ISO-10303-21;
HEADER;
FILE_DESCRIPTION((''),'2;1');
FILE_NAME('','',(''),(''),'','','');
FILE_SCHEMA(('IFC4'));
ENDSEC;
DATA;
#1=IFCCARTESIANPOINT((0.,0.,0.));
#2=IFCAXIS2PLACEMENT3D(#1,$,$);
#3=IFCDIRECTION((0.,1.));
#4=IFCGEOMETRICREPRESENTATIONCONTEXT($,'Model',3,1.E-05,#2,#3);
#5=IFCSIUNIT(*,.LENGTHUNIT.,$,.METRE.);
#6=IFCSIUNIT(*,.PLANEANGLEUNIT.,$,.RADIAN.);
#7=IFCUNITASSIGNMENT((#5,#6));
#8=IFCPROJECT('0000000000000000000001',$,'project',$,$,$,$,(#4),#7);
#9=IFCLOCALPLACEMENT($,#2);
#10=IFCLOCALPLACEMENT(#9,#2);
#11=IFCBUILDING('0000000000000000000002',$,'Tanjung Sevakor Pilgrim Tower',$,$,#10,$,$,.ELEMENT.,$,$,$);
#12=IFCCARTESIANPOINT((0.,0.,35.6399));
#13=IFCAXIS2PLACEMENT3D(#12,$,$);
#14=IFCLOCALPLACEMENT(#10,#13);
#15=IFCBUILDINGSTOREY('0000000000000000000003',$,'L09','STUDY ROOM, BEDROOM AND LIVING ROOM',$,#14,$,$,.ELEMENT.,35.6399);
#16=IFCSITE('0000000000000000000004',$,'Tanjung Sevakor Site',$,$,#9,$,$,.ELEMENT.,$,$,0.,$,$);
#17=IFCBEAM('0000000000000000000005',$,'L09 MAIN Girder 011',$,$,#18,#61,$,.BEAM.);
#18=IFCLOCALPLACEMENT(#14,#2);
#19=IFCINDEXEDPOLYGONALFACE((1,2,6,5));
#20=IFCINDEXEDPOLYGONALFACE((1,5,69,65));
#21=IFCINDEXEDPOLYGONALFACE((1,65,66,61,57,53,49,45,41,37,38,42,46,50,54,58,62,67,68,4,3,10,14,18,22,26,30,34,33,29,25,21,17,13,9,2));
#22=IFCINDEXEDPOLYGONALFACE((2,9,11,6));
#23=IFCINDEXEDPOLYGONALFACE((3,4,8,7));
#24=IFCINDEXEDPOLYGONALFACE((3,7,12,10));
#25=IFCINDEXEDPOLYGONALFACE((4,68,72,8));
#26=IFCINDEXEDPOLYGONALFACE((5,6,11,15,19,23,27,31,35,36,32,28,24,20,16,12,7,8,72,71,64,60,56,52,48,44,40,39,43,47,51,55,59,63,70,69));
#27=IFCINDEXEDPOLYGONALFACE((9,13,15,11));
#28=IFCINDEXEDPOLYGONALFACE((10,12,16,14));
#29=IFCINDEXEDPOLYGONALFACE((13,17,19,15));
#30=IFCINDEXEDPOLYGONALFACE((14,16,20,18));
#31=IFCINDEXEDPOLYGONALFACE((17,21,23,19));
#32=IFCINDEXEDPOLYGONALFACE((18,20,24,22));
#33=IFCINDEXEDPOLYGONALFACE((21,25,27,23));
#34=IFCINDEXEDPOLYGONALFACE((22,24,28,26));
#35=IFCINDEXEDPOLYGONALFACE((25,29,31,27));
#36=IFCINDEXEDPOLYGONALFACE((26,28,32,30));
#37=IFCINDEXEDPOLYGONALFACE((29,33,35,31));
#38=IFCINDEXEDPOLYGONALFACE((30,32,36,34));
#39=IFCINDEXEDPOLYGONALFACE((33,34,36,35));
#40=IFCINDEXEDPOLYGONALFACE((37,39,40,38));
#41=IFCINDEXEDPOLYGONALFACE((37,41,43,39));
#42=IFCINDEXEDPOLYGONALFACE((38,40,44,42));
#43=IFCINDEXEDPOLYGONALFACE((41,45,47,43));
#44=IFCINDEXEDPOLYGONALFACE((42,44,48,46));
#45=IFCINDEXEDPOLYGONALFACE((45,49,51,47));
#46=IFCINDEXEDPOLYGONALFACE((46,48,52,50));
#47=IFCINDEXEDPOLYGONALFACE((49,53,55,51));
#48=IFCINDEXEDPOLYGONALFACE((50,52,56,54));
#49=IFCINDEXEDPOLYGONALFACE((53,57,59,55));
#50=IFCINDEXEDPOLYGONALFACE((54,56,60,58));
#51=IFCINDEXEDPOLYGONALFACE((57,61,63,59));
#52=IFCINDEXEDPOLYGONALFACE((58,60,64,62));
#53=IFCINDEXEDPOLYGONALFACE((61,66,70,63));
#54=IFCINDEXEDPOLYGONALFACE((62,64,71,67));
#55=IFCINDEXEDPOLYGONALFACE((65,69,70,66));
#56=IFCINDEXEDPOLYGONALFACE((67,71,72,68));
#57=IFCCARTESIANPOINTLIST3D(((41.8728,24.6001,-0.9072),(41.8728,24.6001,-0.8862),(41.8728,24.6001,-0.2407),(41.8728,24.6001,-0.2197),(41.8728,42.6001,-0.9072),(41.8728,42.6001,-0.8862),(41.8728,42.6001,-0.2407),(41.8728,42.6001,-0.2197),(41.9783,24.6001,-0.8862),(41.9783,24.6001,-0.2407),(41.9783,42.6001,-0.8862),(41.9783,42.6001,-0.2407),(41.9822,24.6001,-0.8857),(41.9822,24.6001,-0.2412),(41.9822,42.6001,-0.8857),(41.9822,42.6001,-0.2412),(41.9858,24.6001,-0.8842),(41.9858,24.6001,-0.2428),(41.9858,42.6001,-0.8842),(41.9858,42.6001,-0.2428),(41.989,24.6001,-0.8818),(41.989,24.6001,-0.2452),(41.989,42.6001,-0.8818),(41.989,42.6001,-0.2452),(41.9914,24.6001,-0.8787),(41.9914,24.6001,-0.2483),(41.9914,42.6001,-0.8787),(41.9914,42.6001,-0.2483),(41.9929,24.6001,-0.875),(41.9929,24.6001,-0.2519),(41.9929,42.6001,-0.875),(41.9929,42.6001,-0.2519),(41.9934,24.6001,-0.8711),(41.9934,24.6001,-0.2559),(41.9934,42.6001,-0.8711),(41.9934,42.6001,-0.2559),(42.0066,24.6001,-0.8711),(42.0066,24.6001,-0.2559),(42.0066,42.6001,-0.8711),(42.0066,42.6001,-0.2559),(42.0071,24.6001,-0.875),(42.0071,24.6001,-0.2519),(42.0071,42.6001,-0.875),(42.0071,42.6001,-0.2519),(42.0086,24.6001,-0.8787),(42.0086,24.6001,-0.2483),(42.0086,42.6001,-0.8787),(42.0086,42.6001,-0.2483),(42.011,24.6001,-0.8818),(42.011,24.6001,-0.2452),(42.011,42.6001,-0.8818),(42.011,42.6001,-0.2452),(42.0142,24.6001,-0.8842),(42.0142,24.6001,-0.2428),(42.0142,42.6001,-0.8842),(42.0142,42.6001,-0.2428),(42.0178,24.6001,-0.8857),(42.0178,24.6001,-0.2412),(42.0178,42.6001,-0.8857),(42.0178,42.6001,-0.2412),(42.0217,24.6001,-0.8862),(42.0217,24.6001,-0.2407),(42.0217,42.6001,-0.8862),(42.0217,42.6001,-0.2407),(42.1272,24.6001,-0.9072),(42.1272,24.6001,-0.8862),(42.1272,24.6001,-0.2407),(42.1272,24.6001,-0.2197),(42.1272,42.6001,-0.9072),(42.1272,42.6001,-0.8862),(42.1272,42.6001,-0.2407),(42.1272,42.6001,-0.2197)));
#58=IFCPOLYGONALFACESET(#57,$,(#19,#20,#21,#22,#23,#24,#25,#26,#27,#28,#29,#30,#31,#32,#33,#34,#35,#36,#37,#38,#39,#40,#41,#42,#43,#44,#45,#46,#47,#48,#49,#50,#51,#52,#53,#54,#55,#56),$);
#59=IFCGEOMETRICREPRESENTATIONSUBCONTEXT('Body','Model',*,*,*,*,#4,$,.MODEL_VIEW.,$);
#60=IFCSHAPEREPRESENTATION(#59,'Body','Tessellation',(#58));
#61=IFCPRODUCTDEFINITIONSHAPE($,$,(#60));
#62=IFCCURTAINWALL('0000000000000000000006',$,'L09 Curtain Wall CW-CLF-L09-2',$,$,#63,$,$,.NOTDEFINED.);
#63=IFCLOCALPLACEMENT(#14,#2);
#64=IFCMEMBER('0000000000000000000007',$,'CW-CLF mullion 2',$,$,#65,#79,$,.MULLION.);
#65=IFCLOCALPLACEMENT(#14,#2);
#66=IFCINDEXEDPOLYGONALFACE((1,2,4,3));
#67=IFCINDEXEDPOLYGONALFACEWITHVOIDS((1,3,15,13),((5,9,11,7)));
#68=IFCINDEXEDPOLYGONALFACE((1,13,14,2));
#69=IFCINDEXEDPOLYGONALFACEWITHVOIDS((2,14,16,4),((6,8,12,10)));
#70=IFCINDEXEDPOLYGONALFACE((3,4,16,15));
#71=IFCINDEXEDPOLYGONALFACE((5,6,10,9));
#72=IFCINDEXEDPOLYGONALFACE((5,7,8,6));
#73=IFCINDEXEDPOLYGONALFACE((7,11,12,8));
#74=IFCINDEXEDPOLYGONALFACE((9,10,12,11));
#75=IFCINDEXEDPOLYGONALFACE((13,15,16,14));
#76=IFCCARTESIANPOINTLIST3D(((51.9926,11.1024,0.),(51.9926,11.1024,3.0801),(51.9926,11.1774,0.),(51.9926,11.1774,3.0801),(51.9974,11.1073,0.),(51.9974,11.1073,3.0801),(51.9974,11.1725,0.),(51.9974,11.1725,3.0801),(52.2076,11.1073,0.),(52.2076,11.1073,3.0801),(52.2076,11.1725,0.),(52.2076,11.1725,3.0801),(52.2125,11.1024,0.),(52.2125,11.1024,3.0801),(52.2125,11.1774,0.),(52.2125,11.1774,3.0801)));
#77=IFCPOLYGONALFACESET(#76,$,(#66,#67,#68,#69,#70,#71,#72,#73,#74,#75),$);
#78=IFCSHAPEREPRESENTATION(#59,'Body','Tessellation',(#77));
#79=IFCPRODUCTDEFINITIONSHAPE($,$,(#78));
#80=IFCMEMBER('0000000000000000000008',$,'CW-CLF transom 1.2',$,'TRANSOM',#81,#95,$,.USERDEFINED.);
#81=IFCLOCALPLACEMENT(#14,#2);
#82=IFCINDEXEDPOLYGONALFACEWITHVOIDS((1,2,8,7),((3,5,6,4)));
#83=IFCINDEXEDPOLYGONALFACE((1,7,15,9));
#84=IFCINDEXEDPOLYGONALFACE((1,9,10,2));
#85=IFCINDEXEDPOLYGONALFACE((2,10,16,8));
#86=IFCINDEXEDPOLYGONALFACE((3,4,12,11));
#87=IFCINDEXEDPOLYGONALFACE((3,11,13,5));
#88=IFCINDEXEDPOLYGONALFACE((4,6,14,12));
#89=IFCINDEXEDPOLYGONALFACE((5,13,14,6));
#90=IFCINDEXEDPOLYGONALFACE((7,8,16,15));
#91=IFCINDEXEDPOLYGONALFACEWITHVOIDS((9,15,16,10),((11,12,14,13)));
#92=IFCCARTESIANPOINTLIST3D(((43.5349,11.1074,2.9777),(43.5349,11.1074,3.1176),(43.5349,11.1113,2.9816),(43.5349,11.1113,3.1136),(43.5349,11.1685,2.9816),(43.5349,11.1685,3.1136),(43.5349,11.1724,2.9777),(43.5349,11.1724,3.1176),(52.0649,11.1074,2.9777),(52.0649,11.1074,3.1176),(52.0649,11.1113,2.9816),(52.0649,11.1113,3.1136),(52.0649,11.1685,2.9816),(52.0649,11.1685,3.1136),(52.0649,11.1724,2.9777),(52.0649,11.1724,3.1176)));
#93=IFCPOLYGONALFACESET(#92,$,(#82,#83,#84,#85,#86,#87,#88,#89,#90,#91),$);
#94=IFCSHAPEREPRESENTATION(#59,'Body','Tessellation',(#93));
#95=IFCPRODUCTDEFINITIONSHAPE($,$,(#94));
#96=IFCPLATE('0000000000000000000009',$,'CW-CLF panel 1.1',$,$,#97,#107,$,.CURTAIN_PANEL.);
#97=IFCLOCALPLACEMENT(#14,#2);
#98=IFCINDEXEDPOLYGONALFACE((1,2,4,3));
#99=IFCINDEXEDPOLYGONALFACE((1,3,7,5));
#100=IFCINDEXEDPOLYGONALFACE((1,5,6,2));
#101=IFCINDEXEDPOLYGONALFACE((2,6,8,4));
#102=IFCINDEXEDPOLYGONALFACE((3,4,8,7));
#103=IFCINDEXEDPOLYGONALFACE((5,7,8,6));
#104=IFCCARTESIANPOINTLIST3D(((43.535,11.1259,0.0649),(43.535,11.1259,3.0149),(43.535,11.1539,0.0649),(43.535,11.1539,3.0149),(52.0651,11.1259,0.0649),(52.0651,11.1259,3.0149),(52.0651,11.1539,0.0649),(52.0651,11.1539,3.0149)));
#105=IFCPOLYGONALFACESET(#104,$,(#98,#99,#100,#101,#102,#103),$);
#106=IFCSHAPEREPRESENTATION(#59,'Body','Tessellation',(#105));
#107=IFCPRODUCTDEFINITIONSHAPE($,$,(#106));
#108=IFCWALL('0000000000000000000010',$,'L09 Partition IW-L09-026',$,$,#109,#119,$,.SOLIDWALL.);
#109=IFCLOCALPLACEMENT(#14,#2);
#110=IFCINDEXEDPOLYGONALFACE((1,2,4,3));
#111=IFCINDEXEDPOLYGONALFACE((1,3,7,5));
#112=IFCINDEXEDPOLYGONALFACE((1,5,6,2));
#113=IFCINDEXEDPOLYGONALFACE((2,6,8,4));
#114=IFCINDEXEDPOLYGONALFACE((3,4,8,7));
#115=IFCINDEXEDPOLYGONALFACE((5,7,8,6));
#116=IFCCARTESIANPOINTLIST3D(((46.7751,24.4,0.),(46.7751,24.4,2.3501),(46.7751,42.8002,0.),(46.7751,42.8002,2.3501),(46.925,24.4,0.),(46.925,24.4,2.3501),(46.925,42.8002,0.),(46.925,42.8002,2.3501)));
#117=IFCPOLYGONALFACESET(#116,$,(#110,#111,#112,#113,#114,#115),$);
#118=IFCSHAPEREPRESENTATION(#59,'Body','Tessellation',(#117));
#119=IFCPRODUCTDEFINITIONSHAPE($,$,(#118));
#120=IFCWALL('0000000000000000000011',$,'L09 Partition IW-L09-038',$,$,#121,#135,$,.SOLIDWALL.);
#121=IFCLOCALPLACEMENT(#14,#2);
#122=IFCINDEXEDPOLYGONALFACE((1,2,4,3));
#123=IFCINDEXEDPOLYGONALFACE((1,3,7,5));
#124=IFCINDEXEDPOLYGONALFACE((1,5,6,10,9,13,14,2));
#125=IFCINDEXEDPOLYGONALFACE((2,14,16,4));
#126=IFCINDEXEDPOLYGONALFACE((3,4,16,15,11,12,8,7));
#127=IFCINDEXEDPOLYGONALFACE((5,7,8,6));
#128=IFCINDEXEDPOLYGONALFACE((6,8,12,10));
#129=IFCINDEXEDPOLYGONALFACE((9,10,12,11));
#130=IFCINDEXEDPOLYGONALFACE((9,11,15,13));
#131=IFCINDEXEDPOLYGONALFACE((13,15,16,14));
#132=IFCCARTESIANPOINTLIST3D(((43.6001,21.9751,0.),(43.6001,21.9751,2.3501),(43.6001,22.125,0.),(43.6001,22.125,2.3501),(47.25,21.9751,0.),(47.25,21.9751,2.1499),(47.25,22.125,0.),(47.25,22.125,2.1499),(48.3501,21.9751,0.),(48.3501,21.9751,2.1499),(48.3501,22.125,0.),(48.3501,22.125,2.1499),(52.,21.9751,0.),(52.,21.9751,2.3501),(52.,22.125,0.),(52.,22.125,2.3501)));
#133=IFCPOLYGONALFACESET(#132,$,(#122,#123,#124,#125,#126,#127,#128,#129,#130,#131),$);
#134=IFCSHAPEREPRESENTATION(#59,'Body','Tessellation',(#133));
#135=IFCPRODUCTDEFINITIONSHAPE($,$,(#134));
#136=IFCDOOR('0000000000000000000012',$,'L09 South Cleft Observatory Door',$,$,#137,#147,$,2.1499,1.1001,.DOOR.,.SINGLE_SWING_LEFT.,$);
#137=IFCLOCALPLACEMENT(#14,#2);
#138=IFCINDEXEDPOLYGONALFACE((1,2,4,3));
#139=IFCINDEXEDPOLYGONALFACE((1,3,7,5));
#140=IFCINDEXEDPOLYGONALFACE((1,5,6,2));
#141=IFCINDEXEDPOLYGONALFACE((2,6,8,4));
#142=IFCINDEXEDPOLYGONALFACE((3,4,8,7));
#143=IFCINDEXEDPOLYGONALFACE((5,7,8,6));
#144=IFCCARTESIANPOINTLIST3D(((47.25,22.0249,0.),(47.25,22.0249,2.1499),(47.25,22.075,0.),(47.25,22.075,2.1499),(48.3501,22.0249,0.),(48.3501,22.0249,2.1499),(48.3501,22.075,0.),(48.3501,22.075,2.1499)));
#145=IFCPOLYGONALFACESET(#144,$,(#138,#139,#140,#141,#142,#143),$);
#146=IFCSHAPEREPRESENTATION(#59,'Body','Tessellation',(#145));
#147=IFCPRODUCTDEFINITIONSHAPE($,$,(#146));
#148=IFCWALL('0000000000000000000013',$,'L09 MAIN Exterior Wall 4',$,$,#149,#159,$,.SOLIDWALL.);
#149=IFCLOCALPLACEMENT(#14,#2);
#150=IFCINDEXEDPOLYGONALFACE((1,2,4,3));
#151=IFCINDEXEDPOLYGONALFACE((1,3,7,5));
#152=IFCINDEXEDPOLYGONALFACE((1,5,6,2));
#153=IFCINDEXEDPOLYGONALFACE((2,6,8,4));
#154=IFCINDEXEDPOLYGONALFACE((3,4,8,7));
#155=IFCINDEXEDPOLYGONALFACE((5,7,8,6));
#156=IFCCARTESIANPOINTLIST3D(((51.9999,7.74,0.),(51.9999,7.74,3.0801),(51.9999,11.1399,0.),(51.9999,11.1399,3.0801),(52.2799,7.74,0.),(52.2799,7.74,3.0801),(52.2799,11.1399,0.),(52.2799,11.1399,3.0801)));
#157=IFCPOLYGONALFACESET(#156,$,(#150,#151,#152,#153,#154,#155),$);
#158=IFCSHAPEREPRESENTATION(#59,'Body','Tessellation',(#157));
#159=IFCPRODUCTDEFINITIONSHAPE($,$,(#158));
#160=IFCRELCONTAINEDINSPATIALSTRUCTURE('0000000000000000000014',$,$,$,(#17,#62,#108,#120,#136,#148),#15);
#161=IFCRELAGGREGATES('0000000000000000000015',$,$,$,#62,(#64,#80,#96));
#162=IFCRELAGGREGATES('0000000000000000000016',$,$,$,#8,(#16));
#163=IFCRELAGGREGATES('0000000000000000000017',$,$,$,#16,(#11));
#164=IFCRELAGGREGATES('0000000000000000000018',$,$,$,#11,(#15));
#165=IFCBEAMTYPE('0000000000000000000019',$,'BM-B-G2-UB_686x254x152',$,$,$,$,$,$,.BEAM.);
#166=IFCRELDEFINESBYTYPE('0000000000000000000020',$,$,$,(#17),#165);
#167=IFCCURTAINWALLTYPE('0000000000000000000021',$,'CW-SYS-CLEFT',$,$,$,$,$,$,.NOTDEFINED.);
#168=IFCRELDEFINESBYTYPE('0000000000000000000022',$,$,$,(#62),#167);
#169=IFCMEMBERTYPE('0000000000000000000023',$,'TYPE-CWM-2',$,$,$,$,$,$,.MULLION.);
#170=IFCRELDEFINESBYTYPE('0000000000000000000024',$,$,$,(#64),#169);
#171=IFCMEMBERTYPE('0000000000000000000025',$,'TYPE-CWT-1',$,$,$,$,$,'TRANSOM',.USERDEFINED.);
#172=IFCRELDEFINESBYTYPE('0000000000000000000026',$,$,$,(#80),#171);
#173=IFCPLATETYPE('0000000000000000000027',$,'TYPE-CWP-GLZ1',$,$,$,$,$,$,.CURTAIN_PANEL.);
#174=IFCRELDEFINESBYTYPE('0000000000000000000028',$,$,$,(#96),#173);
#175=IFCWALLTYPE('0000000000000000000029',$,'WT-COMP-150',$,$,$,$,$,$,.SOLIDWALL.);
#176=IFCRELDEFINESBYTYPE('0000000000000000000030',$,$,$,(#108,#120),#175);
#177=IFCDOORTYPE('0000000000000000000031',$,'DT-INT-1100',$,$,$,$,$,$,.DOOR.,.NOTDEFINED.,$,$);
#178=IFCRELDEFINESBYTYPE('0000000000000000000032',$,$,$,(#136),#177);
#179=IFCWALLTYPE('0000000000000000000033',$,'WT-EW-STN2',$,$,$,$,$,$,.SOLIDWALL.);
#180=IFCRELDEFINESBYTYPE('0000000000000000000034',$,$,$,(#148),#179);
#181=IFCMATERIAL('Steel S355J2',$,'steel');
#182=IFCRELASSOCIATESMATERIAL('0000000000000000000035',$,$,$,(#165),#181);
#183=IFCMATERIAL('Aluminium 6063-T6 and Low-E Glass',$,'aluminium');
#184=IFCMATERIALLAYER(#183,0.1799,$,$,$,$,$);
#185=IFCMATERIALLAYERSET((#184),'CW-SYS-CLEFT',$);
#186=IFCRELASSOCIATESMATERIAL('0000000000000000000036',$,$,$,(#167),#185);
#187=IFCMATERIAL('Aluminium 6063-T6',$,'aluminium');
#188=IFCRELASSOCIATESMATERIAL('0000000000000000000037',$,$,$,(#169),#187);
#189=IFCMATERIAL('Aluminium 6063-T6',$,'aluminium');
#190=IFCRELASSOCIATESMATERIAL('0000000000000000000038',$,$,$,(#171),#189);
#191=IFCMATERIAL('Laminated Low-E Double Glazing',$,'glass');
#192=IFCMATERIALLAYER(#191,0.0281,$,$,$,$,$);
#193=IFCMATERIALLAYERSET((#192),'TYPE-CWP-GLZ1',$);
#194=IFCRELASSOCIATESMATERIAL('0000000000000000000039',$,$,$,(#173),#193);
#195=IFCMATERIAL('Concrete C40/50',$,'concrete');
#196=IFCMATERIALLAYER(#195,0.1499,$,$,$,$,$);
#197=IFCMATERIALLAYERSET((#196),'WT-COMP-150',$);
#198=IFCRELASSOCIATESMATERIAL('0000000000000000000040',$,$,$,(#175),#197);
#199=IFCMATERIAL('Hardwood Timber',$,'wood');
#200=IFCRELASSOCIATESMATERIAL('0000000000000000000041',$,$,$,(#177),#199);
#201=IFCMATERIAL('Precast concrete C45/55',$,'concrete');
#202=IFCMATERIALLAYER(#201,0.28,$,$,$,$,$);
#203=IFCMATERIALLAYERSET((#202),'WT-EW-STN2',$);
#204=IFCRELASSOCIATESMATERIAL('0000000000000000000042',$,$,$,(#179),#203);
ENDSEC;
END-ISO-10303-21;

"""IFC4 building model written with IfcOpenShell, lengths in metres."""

from ifc_helpers import new_model, si_unit, direction, frame, frame_2d, origin, origin_2d, place, context, subcontext, project, spatial, rectangle, hollow_rectangle, i_section, extrude, material, layer, layer_set, material_profile, profile_set, type_object, element, fill, aggregate, save


model = new_model("IFC4")

# Units and contexts
model_context = context("Model", 3, precision=1e-05, world=origin(), true_north=direction((0.0, 1.0)))
body_context = subcontext(model_context, "Body", "Model", "MODEL_VIEW")
ifc_project = project(units=[si_unit("LENGTHUNIT", "METRE"), si_unit("PLANEANGLEUNIT", "RADIAN")], contexts=[model_context])

# Site, building, storey
site_placement = place(None, origin())
site = spatial("IfcSite", under=ifc_project, at=site_placement, Name="Tanjung Sevakor Site", CompositionType="ELEMENT", RefElevation=0.0)
building_placement = place(site_placement, origin())
building = spatial("IfcBuilding", under=site, at=building_placement, Name="Tanjung Sevakor Pilgrim Tower", CompositionType="ELEMENT")
storey_placement = place(building_placement, frame((0.0, 0.0, 35.6399)))
storey = spatial("IfcBuildingStorey", under=building, at=storey_placement, Name="L09", Description="STUDY ROOM, BEDROOM AND LIVING ROOM", CompositionType="ELEMENT", Elevation=35.6399)

# Beam
ifc_material_1 = material(Name="Steel S355J2", Category="steel")
ifc_material_profile_1 = material_profile(ifc_material_1, i_section(OverallWidth=0.2544, OverallDepth=0.6875, WebThickness=0.0132, FlangeThickness=0.021, FilletRadius=0.0151, at=origin_2d()))
ifc_profile_set_1 = profile_set([ifc_material_profile_1], Name="Steel S355J2")
beam_type_1 = type_object("IfcBeamType", Name="BM-B-G2-UB_686x254x152", PredefinedType="BEAM", material=ifc_profile_set_1)
beam_placement = place(storey_placement, frame((42.0, 24.6001, -0.5635), z_axis=(0.0, 1.0, 0.0), x_axis=(-1.0, 0.0, 0.0)))
element("IfcBeam", 1, at=beam_placement, inside=storey, type_object=beam_type_1, Name="L09 MAIN Girder 011", PredefinedType="BEAM", context=body_context, shape_type="SweptSolid", body=[
    extrude(i_section(OverallWidth=0.2544, OverallDepth=0.6875, WebThickness=0.0132, FlangeThickness=0.021, FilletRadius=0.0151, at=origin_2d()), origin(), (0.0, 0.0, 1.0), 18.0),
])

# Curtain wall, members, plate
ifc_material_2 = material(Name="Aluminium 6063-T6 and Low-E Glass", Category="aluminium")
ifc_layer_1 = layer(ifc_material_2, 0.1799)
ifc_layer_set_1 = layer_set([ifc_layer_1], Name="CW-SYS-CLEFT")
curtain_wall_type = type_object("IfcCurtainWallType", Name="CW-SYS-CLEFT", PredefinedType="NOTDEFINED", material=ifc_layer_set_1)
curtain_wall_placement = place(storey_placement, origin())
curtain_wall = element("IfcCurtainWall", 2, at=curtain_wall_placement, inside=storey, type_object=curtain_wall_type, Name="L09 Curtain Wall CW-CLF-L09-2", PredefinedType="NOTDEFINED")
ifc_material_3 = material(Name="Aluminium 6063-T6", Category="aluminium")
ifc_material_profile_2 = material_profile(ifc_material_3, hollow_rectangle(XDim=0.075, YDim=0.22, WallThickness=0.0049, at=origin_2d()))
ifc_profile_set_2 = profile_set([ifc_material_profile_2], Name="Aluminium 6063-T6")
member_type_1 = type_object("IfcMemberType", Name="TYPE-CWM-2", PredefinedType="MULLION", material=ifc_profile_set_2)
member_1_placement = place(storey_placement, frame((52.1025, 11.1399, 0.0), z_axis=(0.0, 0.0, 1.0), x_axis=(0.0, 1.0, 0.0)))
member_1 = element("IfcMember", 3, at=member_1_placement, type_object=member_type_1, Name="CW-CLF mullion 2", PredefinedType="MULLION", context=body_context, shape_type="SweptSolid", body=[
    extrude(hollow_rectangle(XDim=0.075, YDim=0.22, WallThickness=0.0049, at=origin_2d()), origin(), (0.0, 0.0, 1.0), 3.0801),
])
ifc_material_4 = material(Name="Aluminium 6063-T6", Category="aluminium")
ifc_material_profile_3 = material_profile(ifc_material_4, hollow_rectangle(XDim=0.0649, YDim=0.1399, WallThickness=0.0039, at=origin_2d()))
ifc_profile_set_3 = profile_set([ifc_material_profile_3], Name="Aluminium 6063-T6")
member_type_2 = type_object("IfcMemberType", Name="TYPE-CWT-1", ElementType="TRANSOM", PredefinedType="USERDEFINED", material=ifc_profile_set_3)
member_2_placement = place(storey_placement, frame((43.5349, 11.1399, 3.0476), z_axis=(1.0, 0.0, 0.0), x_axis=(0.0, 1.0, 0.0)))
member_2 = element("IfcMember", 4, at=member_2_placement, type_object=member_type_2, Name="CW-CLF transom 1.2", ObjectType="TRANSOM", PredefinedType="USERDEFINED", context=body_context, shape_type="SweptSolid", body=[
    extrude(hollow_rectangle(XDim=0.0649, YDim=0.1399, WallThickness=0.0039, at=origin_2d()), origin(), (0.0, 0.0, 1.0), 8.53),
])
ifc_material_5 = material(Name="Laminated Low-E Double Glazing", Category="glass")
ifc_layer_2 = layer(ifc_material_5, 0.0281)
ifc_layer_set_2 = layer_set([ifc_layer_2], Name="TYPE-CWP-GLZ1")
plate_type = type_object("IfcPlateType", Name="TYPE-CWP-GLZ1", PredefinedType="CURTAIN_PANEL", material=ifc_layer_set_2)
plate_placement = place(storey_placement, frame((47.8, 11.1399, 0.0649), z_axis=(0.0, 0.0, 1.0), x_axis=(1.0, 0.0, 0.0)))
plate = element("IfcPlate", 5, at=plate_placement, type_object=plate_type, Name="CW-CLF panel 1.1", PredefinedType="CURTAIN_PANEL", context=body_context, shape_type="SweptSolid", body=[
    extrude(rectangle(XDim=8.53, YDim=0.0281, at=origin_2d()), origin(), (0.0, 0.0, 1.0), 2.95),
])
aggregate(curtain_wall, [member_1, member_2, plate])

# Wall
ifc_material_6 = material(Name="Concrete C40/50", Category="concrete")
ifc_layer_3 = layer(ifc_material_6, 0.1499)
ifc_layer_set_3 = layer_set([ifc_layer_3], Name="WT-COMP-150")
wall_type_1 = type_object("IfcWallType", Name="WT-COMP-150", PredefinedType="SOLIDWALL", material=ifc_layer_set_3)
wall_1_placement = place(storey_placement, frame((46.8501, 24.3999, 0.0), z_axis=(0.0, 0.0, 1.0), x_axis=(0.0, 1.0, 0.0)))
element("IfcWall", 6, at=wall_1_placement, inside=storey, type_object=wall_type_1, Name="L09 Partition IW-L09-026", PredefinedType="SOLIDWALL", context=body_context, shape_type="SweptSolid", body=[
    extrude(rectangle(XDim=18.4001, YDim=0.1499, at=frame_2d((9.2002, 0.0))), origin(), (0.0, 0.0, 1.0), 2.3501),
])

# Wall, opening, door
wall_2_placement = place(storey_placement, frame((43.6001, 22.05, 0.0), z_axis=(0.0, 0.0, 1.0), x_axis=(1.0, 0.0, 0.0)))
wall_2 = element("IfcWall", 7, at=wall_2_placement, inside=storey, type_object=wall_type_1, Name="L09 Partition IW-L09-038", PredefinedType="SOLIDWALL", context=body_context, shape_type="SweptSolid", body=[
    extrude(rectangle(XDim=8.3999, YDim=0.1499, at=frame_2d((4.2, 0.0))), origin(), (0.0, 0.0, 1.0), 2.3501),
])
opening_1_placement = place(wall_2_placement, frame((3.6499, 0.0, 0.0)))
opening_1 = element("IfcOpeningElement", 8, at=opening_1_placement, cuts=wall_2, PredefinedType="OPENING", context=body_context, shape_type="SweptSolid", body=[
    extrude(rectangle(XDim=1.1001, YDim=2.1499, at=frame_2d((0.55, 1.075))), frame((0.0, 0.085, 0.0), z_axis=(0.0, -1.0, 0.0), x_axis=(1.0, 0.0, 0.0)), (0.0, 0.0, 1.0), 0.1699),
])
ifc_material_7 = material(Name="Hardwood Timber", Category="wood")
door_type_1 = type_object("IfcDoorType", Name="DT-INT-1100", OperationType="NOTDEFINED", PredefinedType="DOOR", material=ifc_material_7)
door_1_placement = place(opening_1_placement, origin())
door_1 = element("IfcDoor", 9, at=door_1_placement, inside=storey, type_object=door_type_1, Name="L09 South Cleft Observatory Door", OperationType="SINGLE_SWING_LEFT", OverallHeight=2.1499, OverallWidth=1.1001, PredefinedType="DOOR", context=body_context, shape_type="SweptSolid", body=[
    extrude(rectangle(XDim=1.1001, YDim=2.1499, at=frame_2d((0.55, 1.075))), frame((0.0, 0.0249, 0.0), z_axis=(0.0, -1.0, 0.0), x_axis=(1.0, 0.0, 0.0)), (0.0, 0.0, 1.0), 0.05),
])
fill(opening_1, door_1)

# Wall
ifc_material_8 = material(Name="Precast concrete C45/55", Category="concrete")
ifc_layer_4 = layer(ifc_material_8, 0.28)
ifc_layer_set_4 = layer_set([ifc_layer_4], Name="WT-EW-STN2")
wall_type_2 = type_object("IfcWallType", Name="WT-EW-STN2", PredefinedType="SOLIDWALL", material=ifc_layer_set_4)
wall_3_placement = place(storey_placement, frame((52.1399, 11.1399, 0.0), z_axis=(0.0, 0.0, 1.0), x_axis=(0.0, -1.0, 0.0)))
element("IfcWall", 10, at=wall_3_placement, inside=storey, type_object=wall_type_2, Name="L09 MAIN Exterior Wall 4", PredefinedType="SOLIDWALL", context=body_context, shape_type="SweptSolid", body=[
    extrude(rectangle(XDim=3.3999, YDim=0.28, at=frame_2d((1.7, 0.0))), origin(), (0.0, 0.0, 1.0), 3.0801),
])

save(model, "model.ifc")
